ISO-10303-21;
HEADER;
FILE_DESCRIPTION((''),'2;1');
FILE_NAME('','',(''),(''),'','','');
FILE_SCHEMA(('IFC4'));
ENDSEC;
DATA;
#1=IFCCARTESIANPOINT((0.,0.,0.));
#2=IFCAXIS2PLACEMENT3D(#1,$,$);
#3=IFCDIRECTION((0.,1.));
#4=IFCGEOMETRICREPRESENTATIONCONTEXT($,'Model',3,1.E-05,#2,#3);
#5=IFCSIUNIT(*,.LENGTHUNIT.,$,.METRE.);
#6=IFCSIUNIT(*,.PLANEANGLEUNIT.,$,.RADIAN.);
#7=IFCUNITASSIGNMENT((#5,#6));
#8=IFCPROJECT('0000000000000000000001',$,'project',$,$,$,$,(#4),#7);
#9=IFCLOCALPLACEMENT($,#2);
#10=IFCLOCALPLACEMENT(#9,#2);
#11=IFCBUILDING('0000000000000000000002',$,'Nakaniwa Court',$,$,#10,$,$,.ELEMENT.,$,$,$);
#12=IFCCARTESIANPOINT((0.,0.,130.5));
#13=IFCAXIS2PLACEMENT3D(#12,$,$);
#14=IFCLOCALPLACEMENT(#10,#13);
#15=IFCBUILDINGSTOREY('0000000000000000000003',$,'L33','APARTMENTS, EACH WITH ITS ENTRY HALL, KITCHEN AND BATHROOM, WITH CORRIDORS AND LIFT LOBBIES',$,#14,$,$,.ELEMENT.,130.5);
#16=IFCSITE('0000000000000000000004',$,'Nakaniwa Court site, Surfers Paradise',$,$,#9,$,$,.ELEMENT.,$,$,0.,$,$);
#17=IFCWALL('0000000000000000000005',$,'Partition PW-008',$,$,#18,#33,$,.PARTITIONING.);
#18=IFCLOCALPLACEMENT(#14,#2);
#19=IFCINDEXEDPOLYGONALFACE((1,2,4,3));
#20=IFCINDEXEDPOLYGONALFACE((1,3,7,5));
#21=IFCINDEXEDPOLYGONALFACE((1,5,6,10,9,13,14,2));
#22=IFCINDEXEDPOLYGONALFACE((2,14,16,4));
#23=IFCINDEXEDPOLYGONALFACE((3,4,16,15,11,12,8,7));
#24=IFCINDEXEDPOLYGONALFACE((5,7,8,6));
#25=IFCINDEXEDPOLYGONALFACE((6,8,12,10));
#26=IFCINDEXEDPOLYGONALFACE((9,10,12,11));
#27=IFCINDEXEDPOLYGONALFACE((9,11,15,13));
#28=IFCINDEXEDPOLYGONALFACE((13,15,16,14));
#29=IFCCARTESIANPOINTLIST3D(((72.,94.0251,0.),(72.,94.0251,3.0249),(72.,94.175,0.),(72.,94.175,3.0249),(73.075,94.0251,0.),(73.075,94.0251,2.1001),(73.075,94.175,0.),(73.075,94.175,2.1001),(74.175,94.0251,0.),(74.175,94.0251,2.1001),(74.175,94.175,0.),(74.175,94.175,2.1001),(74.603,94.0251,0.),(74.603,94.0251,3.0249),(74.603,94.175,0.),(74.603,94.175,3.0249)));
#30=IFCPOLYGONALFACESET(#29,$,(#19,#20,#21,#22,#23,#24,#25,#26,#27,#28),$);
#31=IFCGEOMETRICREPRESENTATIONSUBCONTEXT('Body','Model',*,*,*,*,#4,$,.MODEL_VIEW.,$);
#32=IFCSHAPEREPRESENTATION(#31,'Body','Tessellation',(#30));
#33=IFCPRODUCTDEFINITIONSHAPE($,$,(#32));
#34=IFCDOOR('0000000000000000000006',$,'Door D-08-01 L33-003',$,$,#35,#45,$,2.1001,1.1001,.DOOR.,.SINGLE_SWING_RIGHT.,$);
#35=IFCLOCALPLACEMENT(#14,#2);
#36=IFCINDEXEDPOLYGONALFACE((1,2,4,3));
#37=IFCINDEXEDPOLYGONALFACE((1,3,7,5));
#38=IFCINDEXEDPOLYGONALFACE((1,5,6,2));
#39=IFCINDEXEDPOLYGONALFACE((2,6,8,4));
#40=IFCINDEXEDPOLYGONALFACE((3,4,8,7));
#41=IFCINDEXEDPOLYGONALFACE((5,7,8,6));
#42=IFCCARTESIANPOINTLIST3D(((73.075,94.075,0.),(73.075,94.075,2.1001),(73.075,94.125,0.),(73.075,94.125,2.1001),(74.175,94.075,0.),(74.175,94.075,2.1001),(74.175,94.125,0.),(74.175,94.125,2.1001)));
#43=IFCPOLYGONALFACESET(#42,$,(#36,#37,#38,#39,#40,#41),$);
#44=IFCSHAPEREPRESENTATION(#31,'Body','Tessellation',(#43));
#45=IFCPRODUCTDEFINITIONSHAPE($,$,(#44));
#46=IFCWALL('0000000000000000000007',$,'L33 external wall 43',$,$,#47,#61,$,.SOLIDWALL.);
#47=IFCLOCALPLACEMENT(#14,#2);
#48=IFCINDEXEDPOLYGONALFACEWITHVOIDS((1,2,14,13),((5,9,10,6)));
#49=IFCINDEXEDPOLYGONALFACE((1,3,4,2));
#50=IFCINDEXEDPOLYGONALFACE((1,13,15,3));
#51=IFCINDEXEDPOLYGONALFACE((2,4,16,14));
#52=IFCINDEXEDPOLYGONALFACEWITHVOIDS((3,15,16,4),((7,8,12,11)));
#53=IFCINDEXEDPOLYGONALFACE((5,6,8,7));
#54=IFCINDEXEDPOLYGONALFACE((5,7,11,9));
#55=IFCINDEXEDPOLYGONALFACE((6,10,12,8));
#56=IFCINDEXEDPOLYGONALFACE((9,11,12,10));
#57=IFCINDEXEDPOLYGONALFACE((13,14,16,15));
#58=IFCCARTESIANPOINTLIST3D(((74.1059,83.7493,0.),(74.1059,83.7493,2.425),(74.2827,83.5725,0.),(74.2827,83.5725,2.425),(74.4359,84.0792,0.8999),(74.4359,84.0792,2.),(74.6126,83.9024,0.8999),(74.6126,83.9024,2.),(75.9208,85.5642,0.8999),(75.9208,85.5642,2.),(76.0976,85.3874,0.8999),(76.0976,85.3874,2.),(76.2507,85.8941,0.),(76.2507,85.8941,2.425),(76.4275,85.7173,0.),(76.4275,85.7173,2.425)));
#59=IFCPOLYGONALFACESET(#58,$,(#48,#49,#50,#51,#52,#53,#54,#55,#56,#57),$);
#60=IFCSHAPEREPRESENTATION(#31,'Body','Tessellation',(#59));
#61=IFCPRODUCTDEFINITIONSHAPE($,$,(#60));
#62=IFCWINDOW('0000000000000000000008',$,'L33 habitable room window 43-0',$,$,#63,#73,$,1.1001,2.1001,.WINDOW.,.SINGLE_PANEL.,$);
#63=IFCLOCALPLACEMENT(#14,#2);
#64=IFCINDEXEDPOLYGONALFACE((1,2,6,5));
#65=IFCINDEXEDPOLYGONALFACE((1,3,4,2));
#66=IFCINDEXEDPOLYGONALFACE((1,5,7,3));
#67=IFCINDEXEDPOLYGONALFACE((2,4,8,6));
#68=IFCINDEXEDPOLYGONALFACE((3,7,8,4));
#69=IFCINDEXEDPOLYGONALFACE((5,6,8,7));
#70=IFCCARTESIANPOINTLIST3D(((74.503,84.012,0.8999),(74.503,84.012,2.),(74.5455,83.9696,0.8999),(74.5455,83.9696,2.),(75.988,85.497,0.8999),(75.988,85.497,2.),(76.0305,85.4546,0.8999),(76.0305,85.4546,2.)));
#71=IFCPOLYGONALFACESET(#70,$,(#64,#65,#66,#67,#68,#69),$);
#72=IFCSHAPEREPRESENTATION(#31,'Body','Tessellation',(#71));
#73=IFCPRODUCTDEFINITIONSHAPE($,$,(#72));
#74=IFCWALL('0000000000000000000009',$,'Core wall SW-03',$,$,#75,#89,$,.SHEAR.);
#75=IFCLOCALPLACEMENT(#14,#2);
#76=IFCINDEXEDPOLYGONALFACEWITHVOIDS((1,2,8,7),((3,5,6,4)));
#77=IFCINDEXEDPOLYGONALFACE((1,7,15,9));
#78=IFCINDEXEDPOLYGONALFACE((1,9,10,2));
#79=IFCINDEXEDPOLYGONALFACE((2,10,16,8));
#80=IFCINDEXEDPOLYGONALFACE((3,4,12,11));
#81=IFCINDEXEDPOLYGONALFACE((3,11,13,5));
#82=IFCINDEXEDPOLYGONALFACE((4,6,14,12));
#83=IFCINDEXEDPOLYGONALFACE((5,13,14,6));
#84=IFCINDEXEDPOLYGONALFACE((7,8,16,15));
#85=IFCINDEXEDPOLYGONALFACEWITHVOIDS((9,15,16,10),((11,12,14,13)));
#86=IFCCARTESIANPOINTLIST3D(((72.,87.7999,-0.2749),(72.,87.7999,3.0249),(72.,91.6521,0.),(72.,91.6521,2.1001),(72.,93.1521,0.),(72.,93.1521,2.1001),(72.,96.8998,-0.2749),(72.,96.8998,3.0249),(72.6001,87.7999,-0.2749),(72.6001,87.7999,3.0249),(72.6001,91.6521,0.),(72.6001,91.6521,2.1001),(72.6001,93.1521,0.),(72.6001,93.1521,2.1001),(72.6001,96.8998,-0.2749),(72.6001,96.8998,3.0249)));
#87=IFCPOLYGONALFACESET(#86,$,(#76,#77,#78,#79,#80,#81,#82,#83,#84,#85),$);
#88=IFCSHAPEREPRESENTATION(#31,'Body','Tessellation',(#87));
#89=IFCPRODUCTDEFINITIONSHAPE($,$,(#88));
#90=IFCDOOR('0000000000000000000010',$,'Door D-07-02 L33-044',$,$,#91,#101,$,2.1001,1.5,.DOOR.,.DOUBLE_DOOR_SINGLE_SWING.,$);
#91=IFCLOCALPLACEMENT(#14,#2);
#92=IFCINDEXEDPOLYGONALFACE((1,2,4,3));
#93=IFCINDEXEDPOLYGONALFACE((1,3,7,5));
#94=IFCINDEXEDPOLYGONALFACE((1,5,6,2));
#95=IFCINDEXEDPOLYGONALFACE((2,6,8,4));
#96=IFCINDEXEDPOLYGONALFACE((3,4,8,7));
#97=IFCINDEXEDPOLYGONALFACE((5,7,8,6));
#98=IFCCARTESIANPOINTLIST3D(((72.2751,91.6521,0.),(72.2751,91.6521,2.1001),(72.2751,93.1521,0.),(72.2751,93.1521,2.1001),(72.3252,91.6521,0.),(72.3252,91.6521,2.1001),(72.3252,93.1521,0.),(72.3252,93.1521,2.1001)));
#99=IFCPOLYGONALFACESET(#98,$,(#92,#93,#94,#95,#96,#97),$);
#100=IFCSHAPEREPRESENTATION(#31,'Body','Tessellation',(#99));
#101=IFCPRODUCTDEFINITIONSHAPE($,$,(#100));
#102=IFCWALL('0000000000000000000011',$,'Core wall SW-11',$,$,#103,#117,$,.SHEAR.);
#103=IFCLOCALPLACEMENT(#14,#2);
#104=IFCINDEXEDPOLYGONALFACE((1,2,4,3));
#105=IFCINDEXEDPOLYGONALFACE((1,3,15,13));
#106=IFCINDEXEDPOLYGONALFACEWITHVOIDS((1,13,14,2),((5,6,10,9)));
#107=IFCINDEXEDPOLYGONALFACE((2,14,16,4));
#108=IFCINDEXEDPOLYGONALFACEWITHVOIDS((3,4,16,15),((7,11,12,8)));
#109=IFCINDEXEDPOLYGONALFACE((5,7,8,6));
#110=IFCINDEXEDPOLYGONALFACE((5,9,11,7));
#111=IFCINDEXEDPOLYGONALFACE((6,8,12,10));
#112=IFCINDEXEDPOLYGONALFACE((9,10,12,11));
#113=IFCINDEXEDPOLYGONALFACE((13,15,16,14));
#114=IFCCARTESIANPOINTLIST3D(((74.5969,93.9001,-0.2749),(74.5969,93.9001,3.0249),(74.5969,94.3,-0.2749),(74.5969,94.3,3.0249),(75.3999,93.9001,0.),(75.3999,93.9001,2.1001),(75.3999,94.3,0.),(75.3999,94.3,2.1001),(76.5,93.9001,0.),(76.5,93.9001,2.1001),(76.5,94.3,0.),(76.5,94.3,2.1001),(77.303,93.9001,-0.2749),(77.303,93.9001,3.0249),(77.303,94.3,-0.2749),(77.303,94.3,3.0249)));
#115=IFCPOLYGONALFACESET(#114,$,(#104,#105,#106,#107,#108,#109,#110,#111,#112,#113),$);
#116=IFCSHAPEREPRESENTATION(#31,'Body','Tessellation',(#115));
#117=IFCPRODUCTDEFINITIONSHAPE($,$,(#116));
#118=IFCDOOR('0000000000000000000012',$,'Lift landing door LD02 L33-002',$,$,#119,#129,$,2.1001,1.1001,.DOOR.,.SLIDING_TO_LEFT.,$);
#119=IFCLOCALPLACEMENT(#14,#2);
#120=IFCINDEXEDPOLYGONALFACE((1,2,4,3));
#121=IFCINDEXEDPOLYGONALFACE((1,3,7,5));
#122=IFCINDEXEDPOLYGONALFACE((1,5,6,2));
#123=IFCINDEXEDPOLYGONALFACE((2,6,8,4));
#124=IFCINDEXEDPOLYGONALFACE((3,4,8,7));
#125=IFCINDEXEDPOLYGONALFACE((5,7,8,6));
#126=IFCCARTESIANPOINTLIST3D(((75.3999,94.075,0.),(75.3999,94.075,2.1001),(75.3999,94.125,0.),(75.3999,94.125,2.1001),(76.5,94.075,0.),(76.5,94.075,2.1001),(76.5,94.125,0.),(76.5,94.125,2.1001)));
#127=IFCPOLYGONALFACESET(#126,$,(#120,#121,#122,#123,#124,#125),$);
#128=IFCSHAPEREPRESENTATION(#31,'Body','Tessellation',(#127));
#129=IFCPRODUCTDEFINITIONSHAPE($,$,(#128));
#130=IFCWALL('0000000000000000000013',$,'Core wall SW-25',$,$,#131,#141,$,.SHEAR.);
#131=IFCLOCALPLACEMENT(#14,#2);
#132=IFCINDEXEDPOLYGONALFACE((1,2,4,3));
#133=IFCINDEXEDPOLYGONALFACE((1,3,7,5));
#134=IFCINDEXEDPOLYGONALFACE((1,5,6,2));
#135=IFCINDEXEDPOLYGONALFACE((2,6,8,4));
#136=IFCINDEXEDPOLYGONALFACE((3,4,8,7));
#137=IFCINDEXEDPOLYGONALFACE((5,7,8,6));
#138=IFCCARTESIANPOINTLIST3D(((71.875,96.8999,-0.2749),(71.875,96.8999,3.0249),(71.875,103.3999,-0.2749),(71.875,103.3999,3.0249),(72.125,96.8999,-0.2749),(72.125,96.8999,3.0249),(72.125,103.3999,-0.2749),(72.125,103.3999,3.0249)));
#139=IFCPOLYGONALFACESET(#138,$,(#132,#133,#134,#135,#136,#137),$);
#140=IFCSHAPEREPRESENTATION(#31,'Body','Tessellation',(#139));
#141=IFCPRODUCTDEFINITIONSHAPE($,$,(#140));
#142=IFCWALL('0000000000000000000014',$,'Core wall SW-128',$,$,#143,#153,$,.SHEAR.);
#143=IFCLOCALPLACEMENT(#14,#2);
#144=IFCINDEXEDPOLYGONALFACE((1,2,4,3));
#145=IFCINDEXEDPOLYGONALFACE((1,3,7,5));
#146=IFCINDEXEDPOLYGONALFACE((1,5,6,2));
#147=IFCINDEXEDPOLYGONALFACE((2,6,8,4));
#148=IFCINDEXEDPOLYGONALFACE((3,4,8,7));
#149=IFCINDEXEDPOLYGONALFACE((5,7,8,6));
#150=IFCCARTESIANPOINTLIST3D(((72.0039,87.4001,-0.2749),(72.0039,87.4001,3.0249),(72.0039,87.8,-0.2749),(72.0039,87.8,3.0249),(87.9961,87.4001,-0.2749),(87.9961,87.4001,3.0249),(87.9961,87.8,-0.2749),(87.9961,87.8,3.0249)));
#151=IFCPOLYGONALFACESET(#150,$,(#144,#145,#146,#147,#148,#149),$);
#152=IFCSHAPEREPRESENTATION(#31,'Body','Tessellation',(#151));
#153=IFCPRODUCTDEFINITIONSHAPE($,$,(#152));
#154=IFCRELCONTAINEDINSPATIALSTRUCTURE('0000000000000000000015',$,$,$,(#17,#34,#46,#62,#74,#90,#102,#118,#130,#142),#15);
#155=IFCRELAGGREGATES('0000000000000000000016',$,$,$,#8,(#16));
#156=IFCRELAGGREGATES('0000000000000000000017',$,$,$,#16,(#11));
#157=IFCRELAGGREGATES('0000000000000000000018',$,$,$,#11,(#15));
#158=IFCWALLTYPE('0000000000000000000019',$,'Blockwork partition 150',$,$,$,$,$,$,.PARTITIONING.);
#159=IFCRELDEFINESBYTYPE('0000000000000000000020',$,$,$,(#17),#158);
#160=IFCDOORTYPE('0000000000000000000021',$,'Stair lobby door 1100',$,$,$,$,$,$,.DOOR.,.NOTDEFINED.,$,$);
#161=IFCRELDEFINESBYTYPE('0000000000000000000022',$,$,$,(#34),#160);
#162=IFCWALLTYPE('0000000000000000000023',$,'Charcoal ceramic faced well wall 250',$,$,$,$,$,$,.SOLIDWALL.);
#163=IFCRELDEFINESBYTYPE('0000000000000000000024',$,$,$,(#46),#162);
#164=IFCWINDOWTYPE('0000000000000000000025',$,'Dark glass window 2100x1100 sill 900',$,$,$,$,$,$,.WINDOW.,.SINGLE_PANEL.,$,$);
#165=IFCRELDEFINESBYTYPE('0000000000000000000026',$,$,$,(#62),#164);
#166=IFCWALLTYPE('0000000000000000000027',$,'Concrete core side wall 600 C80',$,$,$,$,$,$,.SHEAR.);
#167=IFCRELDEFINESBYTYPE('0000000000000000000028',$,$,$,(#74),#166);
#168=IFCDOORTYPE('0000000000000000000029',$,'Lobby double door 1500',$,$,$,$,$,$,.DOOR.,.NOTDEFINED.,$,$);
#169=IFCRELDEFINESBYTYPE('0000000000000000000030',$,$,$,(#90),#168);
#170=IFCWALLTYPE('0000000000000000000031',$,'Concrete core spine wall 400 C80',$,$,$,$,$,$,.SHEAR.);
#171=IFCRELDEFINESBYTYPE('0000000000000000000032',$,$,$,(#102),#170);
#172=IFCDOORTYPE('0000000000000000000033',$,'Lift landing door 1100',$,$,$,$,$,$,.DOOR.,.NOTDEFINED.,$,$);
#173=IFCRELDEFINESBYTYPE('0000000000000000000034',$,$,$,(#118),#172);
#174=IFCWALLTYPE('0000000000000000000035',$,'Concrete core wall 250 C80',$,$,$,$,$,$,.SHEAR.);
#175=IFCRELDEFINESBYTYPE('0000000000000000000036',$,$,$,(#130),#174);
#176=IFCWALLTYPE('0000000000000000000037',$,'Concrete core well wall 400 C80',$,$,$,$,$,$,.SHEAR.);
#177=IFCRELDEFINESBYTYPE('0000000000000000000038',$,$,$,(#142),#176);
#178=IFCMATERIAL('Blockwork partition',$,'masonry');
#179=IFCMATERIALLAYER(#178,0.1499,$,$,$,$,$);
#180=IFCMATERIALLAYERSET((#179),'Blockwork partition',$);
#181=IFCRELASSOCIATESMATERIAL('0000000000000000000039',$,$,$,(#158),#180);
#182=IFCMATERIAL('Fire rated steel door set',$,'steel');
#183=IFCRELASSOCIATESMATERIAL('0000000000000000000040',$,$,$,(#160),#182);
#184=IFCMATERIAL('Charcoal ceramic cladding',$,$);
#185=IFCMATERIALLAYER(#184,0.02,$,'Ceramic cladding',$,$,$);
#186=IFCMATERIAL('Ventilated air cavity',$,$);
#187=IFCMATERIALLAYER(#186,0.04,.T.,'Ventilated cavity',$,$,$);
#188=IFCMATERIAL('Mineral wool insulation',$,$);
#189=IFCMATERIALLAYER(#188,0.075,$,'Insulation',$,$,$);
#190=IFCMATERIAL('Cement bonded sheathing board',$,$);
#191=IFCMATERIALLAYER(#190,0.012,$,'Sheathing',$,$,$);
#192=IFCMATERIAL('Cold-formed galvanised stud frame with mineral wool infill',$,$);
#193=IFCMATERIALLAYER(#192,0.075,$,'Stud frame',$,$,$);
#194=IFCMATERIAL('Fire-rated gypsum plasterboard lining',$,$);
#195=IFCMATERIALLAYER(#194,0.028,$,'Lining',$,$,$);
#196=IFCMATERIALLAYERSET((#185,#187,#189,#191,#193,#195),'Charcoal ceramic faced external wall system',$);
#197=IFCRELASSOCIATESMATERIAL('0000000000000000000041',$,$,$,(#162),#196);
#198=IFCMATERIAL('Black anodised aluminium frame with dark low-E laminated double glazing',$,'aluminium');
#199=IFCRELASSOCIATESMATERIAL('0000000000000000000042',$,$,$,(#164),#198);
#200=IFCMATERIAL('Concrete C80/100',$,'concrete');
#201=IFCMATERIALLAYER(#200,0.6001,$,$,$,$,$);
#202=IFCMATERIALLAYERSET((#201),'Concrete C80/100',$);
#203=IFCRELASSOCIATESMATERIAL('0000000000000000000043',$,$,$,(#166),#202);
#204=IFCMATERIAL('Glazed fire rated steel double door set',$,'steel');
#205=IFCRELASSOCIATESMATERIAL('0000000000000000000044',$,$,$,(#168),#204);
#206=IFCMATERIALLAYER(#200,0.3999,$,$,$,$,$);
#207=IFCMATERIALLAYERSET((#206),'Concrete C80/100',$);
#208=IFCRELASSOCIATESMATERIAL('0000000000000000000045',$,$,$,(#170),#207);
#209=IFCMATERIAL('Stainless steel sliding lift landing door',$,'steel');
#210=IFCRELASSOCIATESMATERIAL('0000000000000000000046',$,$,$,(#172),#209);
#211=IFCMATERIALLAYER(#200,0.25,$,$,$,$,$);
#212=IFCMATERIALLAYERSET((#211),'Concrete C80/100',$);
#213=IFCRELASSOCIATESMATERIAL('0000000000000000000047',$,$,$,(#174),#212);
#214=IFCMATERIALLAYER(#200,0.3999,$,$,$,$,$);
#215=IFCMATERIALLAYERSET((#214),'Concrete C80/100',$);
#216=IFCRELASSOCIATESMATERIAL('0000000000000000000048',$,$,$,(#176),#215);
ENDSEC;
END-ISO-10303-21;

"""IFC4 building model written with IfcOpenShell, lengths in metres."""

from ifc_helpers import new_model, si_unit, direction, frame, frame_2d, origin, place, context, subcontext, project, spatial, rectangle, extrude, material, layer, layer_set, type_object, element, fill, save


model = new_model("IFC4")

# Units and contexts
model_context = context("Model", 3, precision=1e-05, world=origin(), true_north=direction((0.0, 1.0)))
body_context = subcontext(model_context, "Body", "Model", "MODEL_VIEW")
ifc_project = project(units=[si_unit("LENGTHUNIT", "METRE"), si_unit("PLANEANGLEUNIT", "RADIAN")], contexts=[model_context])

# Site, building, storey
site_placement = place(None, origin())
site = spatial("IfcSite", under=ifc_project, at=site_placement, Name="Nakaniwa Court site, Surfers Paradise", CompositionType="ELEMENT", RefElevation=0.0)
building_placement = place(site_placement, origin())
building = spatial("IfcBuilding", under=site, at=building_placement, Name="Nakaniwa Court", CompositionType="ELEMENT")
storey_placement = place(building_placement, frame((0.0, 0.0, 130.5)))
storey = spatial("IfcBuildingStorey", under=building, at=storey_placement, Name="L33", Description="APARTMENTS, EACH WITH ITS ENTRY HALL, KITCHEN AND BATHROOM, WITH CORRIDORS AND LIFT LOBBIES", CompositionType="ELEMENT", Elevation=130.5)

# Shared definitions
ifc_material_1 = material(Name="Concrete C80/100", Category="concrete")

# Shared definitions
ifc_material_2 = material(Name="Blockwork partition", Category="masonry")
ifc_layer_1 = layer(ifc_material_2, 0.1499)
ifc_layer_set_1 = layer_set([ifc_layer_1], Name="Blockwork partition")
wall_type_1 = type_object("IfcWallType", Name="Blockwork partition 150", PredefinedType="PARTITIONING", material=ifc_layer_set_1)

# Wall, opening, door
wall_1_placement = place(storey_placement, frame((72.0, 94.1001, 0.0), z_axis=(0.0, 0.0, 1.0), x_axis=(1.0, 0.0, 0.0)))
wall_1 = element("IfcWall", 1, at=wall_1_placement, inside=storey, type_object=wall_type_1, Name="Partition PW-008", PredefinedType="PARTITIONING", context=body_context, shape_type="SweptSolid", body=[
    extrude(rectangle(XDim=2.603, YDim=0.1499, at=frame_2d((1.3015, 0.0))), origin(), (0.0, 0.0, 1.0), 3.0249),
])
opening_1_placement = place(wall_1_placement, frame((1.075, 0.0, 0.0)))
opening_1 = element("IfcOpeningElement", 2, at=opening_1_placement, cuts=wall_1, PredefinedType="OPENING", context=body_context, shape_type="SweptSolid", body=[
    extrude(rectangle(XDim=1.1001, YDim=2.1001, at=frame_2d((0.55, 1.05))), frame((0.0, 0.085, 0.0), z_axis=(0.0, -1.0, 0.0), x_axis=(1.0, 0.0, 0.0)), (0.0, 0.0, 1.0), 0.1699),
])
ifc_material_3 = material(Name="Fire rated steel door set", Category="steel")
door_type_1 = type_object("IfcDoorType", Name="Stair lobby door 1100", OperationType="NOTDEFINED", PredefinedType="DOOR", material=ifc_material_3)
door_1_placement = place(opening_1_placement, origin())
door_1 = element("IfcDoor", 3, at=door_1_placement, inside=storey, type_object=door_type_1, Name="Door D-08-01 L33-003", OperationType="SINGLE_SWING_RIGHT", OverallHeight=2.1001, OverallWidth=1.1001, PredefinedType="DOOR", context=body_context, shape_type="SweptSolid", body=[
    extrude(rectangle(XDim=1.1001, YDim=2.1001, at=frame_2d((0.55, 1.05))), frame((0.0, 0.0249, 0.0), z_axis=(0.0, -1.0, 0.0), x_axis=(1.0, 0.0, 0.0)), (0.0, 0.0, 1.0), 0.05),
])
fill(opening_1, door_1)

# Wall, opening, window
ifc_material_4 = material(Name="Charcoal ceramic cladding")
ifc_layer_2 = layer(ifc_material_4, 0.02, Name="Ceramic cladding")
ifc_material_5 = material(Name="Ventilated air cavity")
ifc_layer_3 = layer(ifc_material_5, 0.04, ventilated=True, Name="Ventilated cavity")
ifc_material_6 = material(Name="Mineral wool insulation")
ifc_layer_4 = layer(ifc_material_6, 0.075, Name="Insulation")
ifc_material_7 = material(Name="Cement bonded sheathing board")
ifc_layer_5 = layer(ifc_material_7, 0.012, Name="Sheathing")
ifc_material_8 = material(Name="Cold-formed galvanised stud frame with mineral wool infill")
ifc_layer_6 = layer(ifc_material_8, 0.075, Name="Stud frame")
ifc_material_9 = material(Name="Fire-rated gypsum plasterboard lining")
ifc_layer_7 = layer(ifc_material_9, 0.028, Name="Lining")
ifc_layer_set_2 = layer_set([ifc_layer_2, ifc_layer_3, ifc_layer_4, ifc_layer_5, ifc_layer_6, ifc_layer_7], Name="Charcoal ceramic faced external wall system")
wall_type_2 = type_object("IfcWallType", Name="Charcoal ceramic faced well wall 250", PredefinedType="SOLIDWALL", material=ifc_layer_set_2)
wall_2_placement = place(storey_placement, frame((74.1943, 83.6609, 0.0), z_axis=(0.0, 0.0, 1.0), x_axis=(0.707107, 0.707107, 0.0)))
wall_2 = element("IfcWall", 4, at=wall_2_placement, inside=storey, type_object=wall_type_2, Name="L33 external wall 43", PredefinedType="SOLIDWALL", context=body_context, shape_type="SweptSolid", body=[
    extrude(rectangle(XDim=3.0332, YDim=0.25, at=frame_2d((1.5166, 0.0))), origin(), (0.0, 0.0, 1.0), 2.425),
])
opening_2_placement = place(wall_2_placement, frame((0.4666, 0.0, 0.8999)))
opening_2 = element("IfcOpeningElement", 5, at=opening_2_placement, cuts=wall_2, PredefinedType="OPENING", context=body_context, shape_type="SweptSolid", body=[
    extrude(rectangle(XDim=2.1001, YDim=1.1001, at=frame_2d((1.05, 0.55))), frame((0.0, 0.135, 0.0), z_axis=(0.0, -1.0, 0.0), x_axis=(1.0, 0.0, 0.0)), (0.0, 0.0, 1.0), 0.27),
])
ifc_material_10 = material(Name="Black anodised aluminium frame with dark low-E laminated double glazing", Category="aluminium")
window_type = type_object("IfcWindowType", Name="Dark glass window 2100x1100 sill 900", PartitioningType="SINGLE_PANEL", PredefinedType="WINDOW", material=ifc_material_10)
window_placement = place(opening_2_placement, origin())
window = element("IfcWindow", 6, at=window_placement, inside=storey, type_object=window_type, Name="L33 habitable room window 43-0", OverallHeight=1.1001, OverallWidth=2.1001, PartitioningType="SINGLE_PANEL", PredefinedType="WINDOW", context=body_context, shape_type="SweptSolid", body=[
    extrude(rectangle(XDim=2.1001, YDim=1.1001, at=frame_2d((1.05, 0.55))), frame((0.0, 0.03, 0.0), z_axis=(0.0, -1.0, 0.0), x_axis=(1.0, 0.0, 0.0)), (0.0, 0.0, 1.0), 0.0601),
])
fill(opening_2, window)

# Walls, openings, doors
ifc_layer_8 = layer(ifc_material_1, 0.6001)
ifc_layer_set_3 = layer_set([ifc_layer_8], Name="Concrete C80/100")
wall_type_3 = type_object("IfcWallType", Name="Concrete core side wall 600 C80", PredefinedType="SHEAR", material=ifc_layer_set_3)
wall_3_placement = place(storey_placement, frame((72.3, 87.8, -0.2749), z_axis=(0.0, 0.0, 1.0), x_axis=(0.0, 1.0, 0.0)))
wall_3 = element("IfcWall", 7, at=wall_3_placement, inside=storey, type_object=wall_type_3, Name="Core wall SW-03", PredefinedType="SHEAR", context=body_context, shape_type="SweptSolid", body=[
    extrude(rectangle(XDim=9.0999, YDim=0.6001, at=frame_2d((4.5498, 0.0))), origin(), (0.0, 0.0, 1.0), 3.2998),
])
opening_3_placement = place(wall_3_placement, frame((3.8521, 0.0, 0.2749)))
opening_3 = element("IfcOpeningElement", 8, at=opening_3_placement, cuts=wall_3, PredefinedType="OPENING", context=body_context, shape_type="SweptSolid", body=[
    extrude(rectangle(XDim=1.5, YDim=2.1001, at=frame_2d((0.75, 1.05))), frame((0.0, 0.3101, 0.0), z_axis=(0.0, -1.0, 0.0), x_axis=(1.0, 0.0, 0.0)), (0.0, 0.0, 1.0), 0.6201),
])
ifc_material_11 = material(Name="Glazed fire rated steel double door set", Category="steel")
door_type_2 = type_object("IfcDoorType", Name="Lobby double door 1500", OperationType="NOTDEFINED", PredefinedType="DOOR", material=ifc_material_11)
door_2_placement = place(opening_3_placement, origin())
door_2 = element("IfcDoor", 9, at=door_2_placement, inside=storey, type_object=door_type_2, Name="Door D-07-02 L33-044", OperationType="DOUBLE_DOOR_SINGLE_SWING", OverallHeight=2.1001, OverallWidth=1.5, PredefinedType="DOOR", context=body_context, shape_type="SweptSolid", body=[
    extrude(rectangle(XDim=1.5, YDim=2.1001, at=frame_2d((0.75, 1.05))), frame((0.0, 0.0249, 0.0), z_axis=(0.0, -1.0, 0.0), x_axis=(1.0, 0.0, 0.0)), (0.0, 0.0, 1.0), 0.05),
])
fill(opening_3, door_2)
ifc_layer_9 = layer(ifc_material_1, 0.3999)
ifc_layer_set_4 = layer_set([ifc_layer_9], Name="Concrete C80/100")
wall_type_4 = type_object("IfcWallType", Name="Concrete core spine wall 400 C80", PredefinedType="SHEAR", material=ifc_layer_set_4)
wall_4_placement = place(storey_placement, frame((74.5969, 94.1001, -0.2749), z_axis=(0.0, 0.0, 1.0), x_axis=(1.0, 0.0, 0.0)))
wall_4 = element("IfcWall", 10, at=wall_4_placement, inside=storey, type_object=wall_type_4, Name="Core wall SW-11", PredefinedType="SHEAR", context=body_context, shape_type="SweptSolid", body=[
    extrude(rectangle(XDim=2.7061, YDim=0.3999, at=frame_2d((1.353, 0.0))), origin(), (0.0, 0.0, 1.0), 3.2998),
])
opening_4_placement = place(wall_4_placement, frame((0.803, 0.0, 0.2749)))
opening_4 = element("IfcOpeningElement", 11, at=opening_4_placement, cuts=wall_4, PredefinedType="OPENING", context=body_context, shape_type="SweptSolid", body=[
    extrude(rectangle(XDim=1.1001, YDim=2.1001, at=frame_2d((0.55, 1.05))), frame((0.0, 0.21, 0.0), z_axis=(0.0, -1.0, 0.0), x_axis=(1.0, 0.0, 0.0)), (0.0, 0.0, 1.0), 0.4199),
])
ifc_material_12 = material(Name="Stainless steel sliding lift landing door", Category="steel")
door_type_3 = type_object("IfcDoorType", Name="Lift landing door 1100", OperationType="NOTDEFINED", PredefinedType="DOOR", material=ifc_material_12)
door_3_placement = place(opening_4_placement, origin())
door_3 = element("IfcDoor", 12, at=door_3_placement, inside=storey, type_object=door_type_3, Name="Lift landing door LD02 L33-002", OperationType="SLIDING_TO_LEFT", OverallHeight=2.1001, OverallWidth=1.1001, PredefinedType="DOOR", context=body_context, shape_type="SweptSolid", body=[
    extrude(rectangle(XDim=1.1001, YDim=2.1001, at=frame_2d((0.55, 1.05))), frame((0.0, 0.0249, 0.0), z_axis=(0.0, -1.0, 0.0), x_axis=(1.0, 0.0, 0.0)), (0.0, 0.0, 1.0), 0.05),
])
fill(opening_4, door_3)

# Walls
ifc_layer_10 = layer(ifc_material_1, 0.25)
ifc_layer_set_5 = layer_set([ifc_layer_10], Name="Concrete C80/100")
wall_type_5 = type_object("IfcWallType", Name="Concrete core wall 250 C80", PredefinedType="SHEAR", material=ifc_layer_set_5)
wall_5_placement = place(storey_placement, frame((72.0, 96.8999, -0.2749), z_axis=(0.0, 0.0, 1.0), x_axis=(0.0, 1.0, 0.0)))
element("IfcWall", 13, at=wall_5_placement, inside=storey, type_object=wall_type_5, Name="Core wall SW-25", PredefinedType="SHEAR", context=body_context, shape_type="SweptSolid", body=[
    extrude(rectangle(XDim=6.5, YDim=0.25, at=frame_2d((3.25, 0.0))), origin(), (0.0, 0.0, 1.0), 3.2998),
])
ifc_layer_11 = layer(ifc_material_1, 0.3999)
ifc_layer_set_6 = layer_set([ifc_layer_11], Name="Concrete C80/100")
wall_type_6 = type_object("IfcWallType", Name="Concrete core well wall 400 C80", PredefinedType="SHEAR", material=ifc_layer_set_6)
wall_6_placement = place(storey_placement, frame((72.0039, 87.6001, -0.2749), z_axis=(0.0, 0.0, 1.0), x_axis=(1.0, 0.0, 0.0)))
element("IfcWall", 14, at=wall_6_placement, inside=storey, type_object=wall_type_6, Name="Core wall SW-128", PredefinedType="SHEAR", context=body_context, shape_type="SweptSolid", body=[
    extrude(rectangle(XDim=15.9922, YDim=0.3999, at=frame_2d((7.9961, 0.0))), origin(), (0.0, 0.0, 1.0), 3.2998),
])

save(model, "model.ifc")
